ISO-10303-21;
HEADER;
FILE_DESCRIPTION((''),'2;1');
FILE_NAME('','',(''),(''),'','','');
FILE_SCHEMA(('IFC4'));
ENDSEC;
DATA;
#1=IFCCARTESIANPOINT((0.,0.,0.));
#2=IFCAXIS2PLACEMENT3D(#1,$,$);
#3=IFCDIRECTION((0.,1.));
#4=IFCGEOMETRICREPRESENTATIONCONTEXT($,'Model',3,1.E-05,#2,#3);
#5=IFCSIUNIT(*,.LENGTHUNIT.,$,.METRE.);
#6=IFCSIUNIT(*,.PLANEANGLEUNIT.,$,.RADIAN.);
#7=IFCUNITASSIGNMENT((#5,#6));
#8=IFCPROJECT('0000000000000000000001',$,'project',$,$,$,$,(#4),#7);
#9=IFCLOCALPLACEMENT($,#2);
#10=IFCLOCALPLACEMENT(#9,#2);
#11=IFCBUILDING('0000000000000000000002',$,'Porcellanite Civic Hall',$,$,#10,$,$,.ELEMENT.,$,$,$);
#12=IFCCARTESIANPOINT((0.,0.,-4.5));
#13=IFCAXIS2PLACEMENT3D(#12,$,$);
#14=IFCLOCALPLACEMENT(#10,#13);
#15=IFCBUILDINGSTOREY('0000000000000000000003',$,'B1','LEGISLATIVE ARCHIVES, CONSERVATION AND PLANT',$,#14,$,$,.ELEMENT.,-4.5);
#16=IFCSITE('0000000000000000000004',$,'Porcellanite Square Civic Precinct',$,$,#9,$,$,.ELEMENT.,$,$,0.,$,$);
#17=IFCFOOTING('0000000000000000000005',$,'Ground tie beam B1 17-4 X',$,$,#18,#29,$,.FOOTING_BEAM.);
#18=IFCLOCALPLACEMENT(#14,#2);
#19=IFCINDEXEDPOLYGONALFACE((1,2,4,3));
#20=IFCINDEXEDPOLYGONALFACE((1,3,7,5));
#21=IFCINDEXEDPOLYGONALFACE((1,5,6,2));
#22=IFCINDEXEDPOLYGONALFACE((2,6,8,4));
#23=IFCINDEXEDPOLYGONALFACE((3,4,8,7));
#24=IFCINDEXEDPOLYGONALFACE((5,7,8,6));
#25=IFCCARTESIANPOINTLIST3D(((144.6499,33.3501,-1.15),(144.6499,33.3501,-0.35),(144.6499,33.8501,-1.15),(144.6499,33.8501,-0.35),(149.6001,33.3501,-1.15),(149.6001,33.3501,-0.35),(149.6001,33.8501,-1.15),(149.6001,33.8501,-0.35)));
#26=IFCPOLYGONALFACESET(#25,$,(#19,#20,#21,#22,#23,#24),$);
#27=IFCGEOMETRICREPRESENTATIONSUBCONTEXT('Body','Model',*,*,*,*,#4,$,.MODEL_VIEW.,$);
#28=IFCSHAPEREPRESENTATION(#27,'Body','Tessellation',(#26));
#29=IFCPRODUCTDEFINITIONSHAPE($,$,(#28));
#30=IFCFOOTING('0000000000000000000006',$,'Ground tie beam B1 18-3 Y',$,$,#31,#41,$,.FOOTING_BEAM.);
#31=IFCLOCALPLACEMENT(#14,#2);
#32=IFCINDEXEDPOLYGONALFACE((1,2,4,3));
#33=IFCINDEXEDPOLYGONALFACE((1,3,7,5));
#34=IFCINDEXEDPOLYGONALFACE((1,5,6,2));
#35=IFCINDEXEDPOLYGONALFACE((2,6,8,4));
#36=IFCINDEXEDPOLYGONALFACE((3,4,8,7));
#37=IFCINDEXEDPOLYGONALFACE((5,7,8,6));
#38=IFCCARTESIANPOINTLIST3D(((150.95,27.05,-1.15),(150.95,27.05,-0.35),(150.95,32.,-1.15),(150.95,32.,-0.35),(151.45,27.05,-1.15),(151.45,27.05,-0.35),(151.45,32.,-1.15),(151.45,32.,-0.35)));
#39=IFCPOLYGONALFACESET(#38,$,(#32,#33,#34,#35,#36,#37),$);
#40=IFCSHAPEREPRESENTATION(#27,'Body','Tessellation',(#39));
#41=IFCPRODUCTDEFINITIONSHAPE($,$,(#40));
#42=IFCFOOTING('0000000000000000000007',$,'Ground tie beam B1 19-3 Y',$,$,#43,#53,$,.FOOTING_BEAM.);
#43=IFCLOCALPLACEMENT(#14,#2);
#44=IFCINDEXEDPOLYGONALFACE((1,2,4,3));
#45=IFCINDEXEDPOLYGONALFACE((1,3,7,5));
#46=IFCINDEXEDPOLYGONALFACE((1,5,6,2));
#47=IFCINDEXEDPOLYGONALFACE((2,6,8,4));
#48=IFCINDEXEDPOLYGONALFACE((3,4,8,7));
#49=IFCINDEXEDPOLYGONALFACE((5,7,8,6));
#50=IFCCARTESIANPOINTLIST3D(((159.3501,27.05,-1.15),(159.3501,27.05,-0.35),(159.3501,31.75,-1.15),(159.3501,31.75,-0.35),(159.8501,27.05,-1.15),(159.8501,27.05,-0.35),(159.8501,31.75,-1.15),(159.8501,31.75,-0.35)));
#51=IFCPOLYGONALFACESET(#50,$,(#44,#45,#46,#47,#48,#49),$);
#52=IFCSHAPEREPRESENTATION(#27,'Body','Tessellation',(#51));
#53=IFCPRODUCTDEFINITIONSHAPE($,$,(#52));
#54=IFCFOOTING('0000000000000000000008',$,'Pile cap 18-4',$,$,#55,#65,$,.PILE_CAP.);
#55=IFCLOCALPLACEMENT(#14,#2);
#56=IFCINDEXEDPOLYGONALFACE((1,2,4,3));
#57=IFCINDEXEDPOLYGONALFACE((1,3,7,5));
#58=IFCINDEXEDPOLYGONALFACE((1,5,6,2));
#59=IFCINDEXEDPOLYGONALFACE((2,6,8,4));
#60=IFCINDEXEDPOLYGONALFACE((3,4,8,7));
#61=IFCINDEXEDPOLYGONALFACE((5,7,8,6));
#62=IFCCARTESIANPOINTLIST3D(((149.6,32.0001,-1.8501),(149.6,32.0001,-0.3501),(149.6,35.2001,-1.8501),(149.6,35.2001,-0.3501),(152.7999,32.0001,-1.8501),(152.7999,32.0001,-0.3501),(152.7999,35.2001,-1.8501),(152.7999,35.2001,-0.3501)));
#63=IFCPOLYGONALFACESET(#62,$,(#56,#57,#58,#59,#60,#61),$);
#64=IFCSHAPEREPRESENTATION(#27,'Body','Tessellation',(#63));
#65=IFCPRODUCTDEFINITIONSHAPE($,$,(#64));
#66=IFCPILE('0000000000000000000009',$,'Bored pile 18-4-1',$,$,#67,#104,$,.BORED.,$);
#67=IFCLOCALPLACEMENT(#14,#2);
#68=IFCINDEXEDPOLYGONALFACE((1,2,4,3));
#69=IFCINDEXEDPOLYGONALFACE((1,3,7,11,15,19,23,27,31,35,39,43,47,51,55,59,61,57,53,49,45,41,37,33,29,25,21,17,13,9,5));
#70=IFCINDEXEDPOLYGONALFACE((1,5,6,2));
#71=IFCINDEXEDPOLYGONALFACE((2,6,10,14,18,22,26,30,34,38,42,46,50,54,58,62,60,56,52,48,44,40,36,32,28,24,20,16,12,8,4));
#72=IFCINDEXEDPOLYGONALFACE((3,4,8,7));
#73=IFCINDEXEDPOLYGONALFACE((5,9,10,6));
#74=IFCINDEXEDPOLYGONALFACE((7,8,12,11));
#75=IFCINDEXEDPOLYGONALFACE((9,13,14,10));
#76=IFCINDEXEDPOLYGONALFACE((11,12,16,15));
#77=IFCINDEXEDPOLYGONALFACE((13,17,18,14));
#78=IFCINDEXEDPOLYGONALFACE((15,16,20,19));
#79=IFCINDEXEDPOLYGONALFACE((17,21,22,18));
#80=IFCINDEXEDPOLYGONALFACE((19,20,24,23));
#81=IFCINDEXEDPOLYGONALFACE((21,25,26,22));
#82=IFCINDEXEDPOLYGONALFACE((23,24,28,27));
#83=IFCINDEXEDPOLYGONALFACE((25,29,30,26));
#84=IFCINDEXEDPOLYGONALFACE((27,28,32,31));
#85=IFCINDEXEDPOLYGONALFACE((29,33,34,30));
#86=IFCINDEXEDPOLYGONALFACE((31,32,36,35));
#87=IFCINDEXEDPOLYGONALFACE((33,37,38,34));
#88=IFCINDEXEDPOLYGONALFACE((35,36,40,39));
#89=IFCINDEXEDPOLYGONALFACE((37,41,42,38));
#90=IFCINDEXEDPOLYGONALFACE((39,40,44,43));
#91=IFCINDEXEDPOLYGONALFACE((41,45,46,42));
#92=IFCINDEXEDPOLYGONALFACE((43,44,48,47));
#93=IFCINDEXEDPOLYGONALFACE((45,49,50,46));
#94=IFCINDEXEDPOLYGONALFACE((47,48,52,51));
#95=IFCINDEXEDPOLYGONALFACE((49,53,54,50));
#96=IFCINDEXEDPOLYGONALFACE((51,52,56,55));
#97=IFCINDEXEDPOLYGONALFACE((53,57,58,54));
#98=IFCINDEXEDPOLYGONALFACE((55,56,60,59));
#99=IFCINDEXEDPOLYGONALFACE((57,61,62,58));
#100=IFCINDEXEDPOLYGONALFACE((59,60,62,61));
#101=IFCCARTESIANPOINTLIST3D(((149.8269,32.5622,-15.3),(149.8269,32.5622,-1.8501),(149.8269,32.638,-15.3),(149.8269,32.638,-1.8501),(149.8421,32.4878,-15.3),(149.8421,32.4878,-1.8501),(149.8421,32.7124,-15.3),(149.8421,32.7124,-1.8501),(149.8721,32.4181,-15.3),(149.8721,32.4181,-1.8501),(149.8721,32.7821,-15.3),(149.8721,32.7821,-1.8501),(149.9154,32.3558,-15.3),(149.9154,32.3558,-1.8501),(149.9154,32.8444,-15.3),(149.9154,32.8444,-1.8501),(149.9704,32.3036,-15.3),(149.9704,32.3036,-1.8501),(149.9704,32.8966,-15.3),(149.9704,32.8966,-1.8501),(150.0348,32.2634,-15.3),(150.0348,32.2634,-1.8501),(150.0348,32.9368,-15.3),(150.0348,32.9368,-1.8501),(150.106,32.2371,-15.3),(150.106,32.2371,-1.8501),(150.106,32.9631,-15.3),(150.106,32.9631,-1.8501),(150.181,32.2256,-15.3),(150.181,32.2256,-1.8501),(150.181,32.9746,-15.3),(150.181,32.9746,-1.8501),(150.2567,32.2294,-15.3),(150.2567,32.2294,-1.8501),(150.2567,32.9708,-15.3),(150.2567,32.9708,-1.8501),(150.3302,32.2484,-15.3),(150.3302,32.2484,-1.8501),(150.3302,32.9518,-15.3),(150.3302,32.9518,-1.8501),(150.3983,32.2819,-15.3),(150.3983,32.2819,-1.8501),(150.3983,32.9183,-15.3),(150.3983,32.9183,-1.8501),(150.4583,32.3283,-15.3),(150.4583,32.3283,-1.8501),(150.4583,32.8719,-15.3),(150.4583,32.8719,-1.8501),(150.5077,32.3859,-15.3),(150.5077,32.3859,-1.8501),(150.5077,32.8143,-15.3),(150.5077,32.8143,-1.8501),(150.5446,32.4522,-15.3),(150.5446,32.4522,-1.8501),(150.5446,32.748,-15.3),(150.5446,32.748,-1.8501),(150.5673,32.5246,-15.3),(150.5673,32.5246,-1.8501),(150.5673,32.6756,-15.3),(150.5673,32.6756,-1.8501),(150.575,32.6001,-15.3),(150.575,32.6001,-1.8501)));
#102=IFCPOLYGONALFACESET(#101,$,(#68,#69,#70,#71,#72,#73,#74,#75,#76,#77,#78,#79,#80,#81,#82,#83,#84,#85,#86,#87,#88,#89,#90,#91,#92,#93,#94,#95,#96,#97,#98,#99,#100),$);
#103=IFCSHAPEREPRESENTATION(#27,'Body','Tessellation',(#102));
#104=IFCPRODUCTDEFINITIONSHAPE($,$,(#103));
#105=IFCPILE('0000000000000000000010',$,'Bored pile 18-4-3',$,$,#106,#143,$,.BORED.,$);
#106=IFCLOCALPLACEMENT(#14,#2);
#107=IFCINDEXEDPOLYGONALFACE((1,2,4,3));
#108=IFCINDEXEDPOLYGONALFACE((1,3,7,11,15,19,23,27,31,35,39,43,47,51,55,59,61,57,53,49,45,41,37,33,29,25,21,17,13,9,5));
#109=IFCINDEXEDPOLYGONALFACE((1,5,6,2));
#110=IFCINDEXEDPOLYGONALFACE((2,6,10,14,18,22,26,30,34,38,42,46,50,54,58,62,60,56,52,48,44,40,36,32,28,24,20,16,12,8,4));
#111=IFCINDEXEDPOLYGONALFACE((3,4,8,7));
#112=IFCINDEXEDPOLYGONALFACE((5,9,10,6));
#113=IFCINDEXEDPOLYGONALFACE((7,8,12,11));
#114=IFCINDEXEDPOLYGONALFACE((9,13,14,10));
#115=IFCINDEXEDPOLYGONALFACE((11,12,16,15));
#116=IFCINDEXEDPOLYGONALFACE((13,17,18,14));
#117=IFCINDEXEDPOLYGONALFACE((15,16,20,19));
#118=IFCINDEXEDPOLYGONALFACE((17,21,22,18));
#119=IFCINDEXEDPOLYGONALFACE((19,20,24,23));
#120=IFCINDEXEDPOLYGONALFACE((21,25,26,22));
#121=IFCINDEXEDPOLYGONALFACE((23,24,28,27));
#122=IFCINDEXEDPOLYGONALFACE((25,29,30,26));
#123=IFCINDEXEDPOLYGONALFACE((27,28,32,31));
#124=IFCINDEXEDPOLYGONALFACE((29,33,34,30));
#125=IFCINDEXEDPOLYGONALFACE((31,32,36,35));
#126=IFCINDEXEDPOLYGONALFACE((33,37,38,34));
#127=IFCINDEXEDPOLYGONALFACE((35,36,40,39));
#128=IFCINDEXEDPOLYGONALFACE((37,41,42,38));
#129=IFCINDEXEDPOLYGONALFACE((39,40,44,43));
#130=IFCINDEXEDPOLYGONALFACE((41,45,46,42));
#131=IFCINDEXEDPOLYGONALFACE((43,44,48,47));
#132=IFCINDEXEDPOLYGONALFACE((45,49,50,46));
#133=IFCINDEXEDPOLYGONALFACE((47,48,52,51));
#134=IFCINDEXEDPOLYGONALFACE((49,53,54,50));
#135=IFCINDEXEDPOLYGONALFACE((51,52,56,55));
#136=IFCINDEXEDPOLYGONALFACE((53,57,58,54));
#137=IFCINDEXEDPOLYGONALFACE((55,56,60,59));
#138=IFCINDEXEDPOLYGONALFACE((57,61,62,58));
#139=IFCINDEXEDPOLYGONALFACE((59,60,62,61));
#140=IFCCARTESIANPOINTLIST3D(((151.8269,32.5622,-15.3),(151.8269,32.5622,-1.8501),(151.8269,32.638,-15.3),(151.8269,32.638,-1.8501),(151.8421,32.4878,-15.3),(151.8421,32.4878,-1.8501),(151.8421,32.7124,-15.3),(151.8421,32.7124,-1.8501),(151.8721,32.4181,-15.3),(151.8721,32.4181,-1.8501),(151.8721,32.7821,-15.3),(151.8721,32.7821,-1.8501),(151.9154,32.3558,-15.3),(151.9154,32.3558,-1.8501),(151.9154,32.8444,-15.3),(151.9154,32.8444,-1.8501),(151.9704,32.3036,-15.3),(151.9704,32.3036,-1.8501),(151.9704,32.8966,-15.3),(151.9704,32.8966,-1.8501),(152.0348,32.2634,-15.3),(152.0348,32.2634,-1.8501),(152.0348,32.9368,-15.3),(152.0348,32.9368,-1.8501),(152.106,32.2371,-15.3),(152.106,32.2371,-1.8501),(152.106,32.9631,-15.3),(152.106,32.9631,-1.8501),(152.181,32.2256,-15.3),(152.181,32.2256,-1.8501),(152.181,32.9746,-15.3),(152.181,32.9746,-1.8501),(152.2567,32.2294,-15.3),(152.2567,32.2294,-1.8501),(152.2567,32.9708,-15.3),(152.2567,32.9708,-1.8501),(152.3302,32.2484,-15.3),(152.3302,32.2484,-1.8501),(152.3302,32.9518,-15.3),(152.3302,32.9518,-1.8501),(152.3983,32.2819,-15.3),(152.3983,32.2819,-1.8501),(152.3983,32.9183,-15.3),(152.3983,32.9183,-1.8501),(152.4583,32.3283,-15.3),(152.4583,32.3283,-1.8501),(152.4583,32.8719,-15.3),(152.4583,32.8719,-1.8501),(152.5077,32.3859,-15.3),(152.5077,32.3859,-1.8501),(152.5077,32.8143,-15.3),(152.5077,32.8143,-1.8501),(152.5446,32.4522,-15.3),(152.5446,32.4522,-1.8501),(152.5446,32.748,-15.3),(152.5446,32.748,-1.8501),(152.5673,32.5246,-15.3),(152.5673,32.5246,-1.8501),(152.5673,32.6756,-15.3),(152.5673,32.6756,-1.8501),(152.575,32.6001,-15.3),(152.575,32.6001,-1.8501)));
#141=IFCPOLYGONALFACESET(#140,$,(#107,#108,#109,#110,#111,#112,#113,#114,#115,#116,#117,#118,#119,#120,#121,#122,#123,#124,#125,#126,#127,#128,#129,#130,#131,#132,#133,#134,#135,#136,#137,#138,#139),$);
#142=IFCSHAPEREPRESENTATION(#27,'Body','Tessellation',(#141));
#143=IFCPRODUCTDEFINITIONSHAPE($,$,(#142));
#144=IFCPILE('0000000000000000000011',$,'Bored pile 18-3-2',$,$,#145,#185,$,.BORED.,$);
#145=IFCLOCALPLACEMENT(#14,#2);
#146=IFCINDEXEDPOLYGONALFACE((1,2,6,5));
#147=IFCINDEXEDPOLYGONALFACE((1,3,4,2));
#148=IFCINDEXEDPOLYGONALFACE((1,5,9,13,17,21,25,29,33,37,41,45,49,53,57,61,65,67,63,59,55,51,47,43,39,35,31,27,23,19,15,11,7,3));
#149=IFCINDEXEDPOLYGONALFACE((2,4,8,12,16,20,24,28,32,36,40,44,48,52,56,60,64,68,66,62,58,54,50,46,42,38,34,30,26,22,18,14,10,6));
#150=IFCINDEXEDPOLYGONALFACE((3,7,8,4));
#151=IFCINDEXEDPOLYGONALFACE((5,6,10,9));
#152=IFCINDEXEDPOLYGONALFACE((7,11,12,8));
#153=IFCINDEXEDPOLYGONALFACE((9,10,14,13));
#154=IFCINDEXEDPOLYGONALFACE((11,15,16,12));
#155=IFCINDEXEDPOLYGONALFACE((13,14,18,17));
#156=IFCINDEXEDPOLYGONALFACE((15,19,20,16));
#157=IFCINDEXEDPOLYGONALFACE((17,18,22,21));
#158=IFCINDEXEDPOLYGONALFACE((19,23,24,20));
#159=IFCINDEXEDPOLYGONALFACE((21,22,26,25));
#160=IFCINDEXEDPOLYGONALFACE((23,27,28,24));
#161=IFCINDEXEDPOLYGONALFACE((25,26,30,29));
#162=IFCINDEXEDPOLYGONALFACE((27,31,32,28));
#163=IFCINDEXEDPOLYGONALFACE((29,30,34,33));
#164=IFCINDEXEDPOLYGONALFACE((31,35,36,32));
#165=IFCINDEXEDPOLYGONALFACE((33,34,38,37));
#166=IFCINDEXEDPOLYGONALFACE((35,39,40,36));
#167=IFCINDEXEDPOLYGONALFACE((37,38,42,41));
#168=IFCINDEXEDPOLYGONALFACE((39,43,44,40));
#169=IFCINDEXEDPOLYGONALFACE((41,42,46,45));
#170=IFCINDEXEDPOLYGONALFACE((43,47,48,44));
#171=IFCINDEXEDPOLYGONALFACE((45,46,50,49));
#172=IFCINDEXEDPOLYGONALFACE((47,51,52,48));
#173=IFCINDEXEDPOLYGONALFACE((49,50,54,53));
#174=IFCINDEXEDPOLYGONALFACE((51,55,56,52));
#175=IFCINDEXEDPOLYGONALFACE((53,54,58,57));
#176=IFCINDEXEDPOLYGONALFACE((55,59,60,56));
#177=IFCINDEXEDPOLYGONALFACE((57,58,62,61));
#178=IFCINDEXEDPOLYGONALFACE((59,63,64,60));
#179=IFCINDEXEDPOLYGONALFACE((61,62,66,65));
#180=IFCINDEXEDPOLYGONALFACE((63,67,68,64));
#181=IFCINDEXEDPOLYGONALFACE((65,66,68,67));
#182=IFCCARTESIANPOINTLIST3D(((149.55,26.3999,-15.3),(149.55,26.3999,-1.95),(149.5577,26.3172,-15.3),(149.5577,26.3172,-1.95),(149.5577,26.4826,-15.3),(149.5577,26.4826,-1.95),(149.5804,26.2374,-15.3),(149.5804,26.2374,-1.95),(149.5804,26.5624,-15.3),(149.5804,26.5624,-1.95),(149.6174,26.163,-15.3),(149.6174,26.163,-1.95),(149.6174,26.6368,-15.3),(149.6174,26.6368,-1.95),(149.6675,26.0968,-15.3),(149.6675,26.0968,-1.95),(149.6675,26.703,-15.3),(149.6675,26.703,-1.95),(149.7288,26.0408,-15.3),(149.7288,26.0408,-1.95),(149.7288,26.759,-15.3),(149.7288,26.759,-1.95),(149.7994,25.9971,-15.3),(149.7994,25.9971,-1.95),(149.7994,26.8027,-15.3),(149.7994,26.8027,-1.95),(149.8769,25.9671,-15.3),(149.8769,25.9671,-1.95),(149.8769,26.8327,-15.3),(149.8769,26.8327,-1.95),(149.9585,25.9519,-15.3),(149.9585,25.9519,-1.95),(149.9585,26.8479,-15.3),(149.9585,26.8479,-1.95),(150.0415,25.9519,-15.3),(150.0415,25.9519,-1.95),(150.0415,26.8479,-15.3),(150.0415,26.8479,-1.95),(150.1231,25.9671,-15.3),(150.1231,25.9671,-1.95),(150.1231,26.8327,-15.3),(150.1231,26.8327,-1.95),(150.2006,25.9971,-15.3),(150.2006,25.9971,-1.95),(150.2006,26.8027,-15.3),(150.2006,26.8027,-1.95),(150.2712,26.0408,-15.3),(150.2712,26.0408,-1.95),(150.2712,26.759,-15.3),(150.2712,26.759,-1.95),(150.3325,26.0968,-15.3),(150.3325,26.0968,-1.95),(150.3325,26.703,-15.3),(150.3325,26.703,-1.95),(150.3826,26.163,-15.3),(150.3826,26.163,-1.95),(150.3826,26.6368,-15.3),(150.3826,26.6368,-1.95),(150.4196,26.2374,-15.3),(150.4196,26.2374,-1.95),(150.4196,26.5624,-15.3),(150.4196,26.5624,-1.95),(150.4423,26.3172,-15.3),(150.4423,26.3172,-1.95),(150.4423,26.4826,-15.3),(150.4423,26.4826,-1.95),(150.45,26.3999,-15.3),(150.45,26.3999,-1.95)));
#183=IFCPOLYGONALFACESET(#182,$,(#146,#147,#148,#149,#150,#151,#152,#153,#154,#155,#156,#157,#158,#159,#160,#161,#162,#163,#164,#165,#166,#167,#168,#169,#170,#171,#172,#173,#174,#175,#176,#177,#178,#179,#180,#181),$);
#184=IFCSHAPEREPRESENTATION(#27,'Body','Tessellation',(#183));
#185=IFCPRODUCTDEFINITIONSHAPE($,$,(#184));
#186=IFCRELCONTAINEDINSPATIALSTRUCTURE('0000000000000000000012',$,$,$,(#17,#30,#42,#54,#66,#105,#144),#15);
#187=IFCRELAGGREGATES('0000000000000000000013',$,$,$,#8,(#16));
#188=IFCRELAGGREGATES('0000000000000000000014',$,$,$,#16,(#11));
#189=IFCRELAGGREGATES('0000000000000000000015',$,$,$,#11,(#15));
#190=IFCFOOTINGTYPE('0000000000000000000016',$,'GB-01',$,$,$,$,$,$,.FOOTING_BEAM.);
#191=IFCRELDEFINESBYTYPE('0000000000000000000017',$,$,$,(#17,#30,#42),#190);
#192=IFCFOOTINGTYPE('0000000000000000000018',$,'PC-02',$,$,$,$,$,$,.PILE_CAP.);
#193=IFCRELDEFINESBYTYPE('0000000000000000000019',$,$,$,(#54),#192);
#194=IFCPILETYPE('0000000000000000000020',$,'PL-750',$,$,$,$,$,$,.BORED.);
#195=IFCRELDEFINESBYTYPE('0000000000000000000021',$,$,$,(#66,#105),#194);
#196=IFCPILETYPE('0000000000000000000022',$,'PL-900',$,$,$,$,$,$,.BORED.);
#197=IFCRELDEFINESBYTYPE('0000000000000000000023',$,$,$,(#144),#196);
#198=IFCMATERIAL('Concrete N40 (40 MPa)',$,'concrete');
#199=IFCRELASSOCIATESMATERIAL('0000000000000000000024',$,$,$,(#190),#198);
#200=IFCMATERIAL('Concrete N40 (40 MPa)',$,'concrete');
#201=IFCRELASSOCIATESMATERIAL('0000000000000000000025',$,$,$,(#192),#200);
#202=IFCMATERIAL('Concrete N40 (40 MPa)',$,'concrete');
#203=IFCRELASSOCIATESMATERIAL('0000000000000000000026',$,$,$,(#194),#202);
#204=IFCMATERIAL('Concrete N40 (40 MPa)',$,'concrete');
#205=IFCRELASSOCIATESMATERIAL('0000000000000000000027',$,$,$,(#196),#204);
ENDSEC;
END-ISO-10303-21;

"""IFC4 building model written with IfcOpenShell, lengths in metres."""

from ifc_helpers import new_model, si_unit, direction, frame, origin, origin_2d, place, context, subcontext, project, spatial, rectangle, circle, extrude, material, material_profile, profile_set, type_object, element, save


model = new_model("IFC4")

# Units and contexts
model_context = context("Model", 3, precision=1e-05, world=origin(), true_north=direction((0.0, 1.0)))
body_context = subcontext(model_context, "Body", "Model", "MODEL_VIEW")
ifc_project = project(units=[si_unit("LENGTHUNIT", "METRE"), si_unit("PLANEANGLEUNIT", "RADIAN")], contexts=[model_context])

# Site, building, storey
site_placement = place(None, origin())
site = spatial("IfcSite", under=ifc_project, at=site_placement, Name="Porcellanite Square Civic Precinct", CompositionType="ELEMENT", RefElevation=0.0)
building_placement = place(site_placement, origin())
building = spatial("IfcBuilding", under=site, at=building_placement, Name="Porcellanite Civic Hall", CompositionType="ELEMENT")
storey_placement = place(building_placement, frame((0.0, 0.0, -4.5)))
storey = spatial("IfcBuildingStorey", under=building, at=storey_placement, Name="B1", Description="LEGISLATIVE ARCHIVES, CONSERVATION AND PLANT", CompositionType="ELEMENT", Elevation=-4.5)

# Footings
ifc_material_1 = material(Name="Concrete N40 (40 MPa)", Category="concrete")
ifc_material_profile_1 = material_profile(ifc_material_1, rectangle(XDim=0.5, YDim=0.8, at=origin_2d()), Name="RC-500x800")
ifc_profile_set_1 = profile_set([ifc_material_profile_1], Name="Concrete N40 (40 MPa)")
footing_type_1 = type_object("IfcFootingType", Name="GB-01", PredefinedType="FOOTING_BEAM", material=ifc_profile_set_1)
footing_1_placement = place(storey_placement, frame((144.6499, 33.6001, -0.75), z_axis=(1.0, 0.0, 0.0), x_axis=(0.0, 1.0, 0.0)))
element("IfcFooting", 1, at=footing_1_placement, inside=storey, type_object=footing_type_1, Name="Ground tie beam B1 17-4 X", PredefinedType="FOOTING_BEAM", context=body_context, shape_type="SweptSolid", body=[
    extrude(rectangle(XDim=0.5, YDim=0.8, at=origin_2d()), origin(), (0.0, 0.0, 1.0), 4.9502),
])
footing_2_placement = place(storey_placement, frame((151.2, 27.05, -0.75), z_axis=(0.0, 1.0, 0.0), x_axis=(-1.0, 0.0, 0.0)))
element("IfcFooting", 2, at=footing_2_placement, inside=storey, type_object=footing_type_1, Name="Ground tie beam B1 18-3 Y", PredefinedType="FOOTING_BEAM", context=body_context, shape_type="SweptSolid", body=[
    extrude(rectangle(XDim=0.5, YDim=0.8, at=origin_2d()), origin(), (0.0, 0.0, 1.0), 4.95),
])
footing_3_placement = place(storey_placement, frame((159.6001, 27.05, -0.75), z_axis=(0.0, 1.0, 0.0), x_axis=(-1.0, 0.0, 0.0)))
element("IfcFooting", 3, at=footing_3_placement, inside=storey, type_object=footing_type_1, Name="Ground tie beam B1 19-3 Y", PredefinedType="FOOTING_BEAM", context=body_context, shape_type="SweptSolid", body=[
    extrude(rectangle(XDim=0.5, YDim=0.8, at=origin_2d()), origin(), (0.0, 0.0, 1.0), 4.7),
])
ifc_material_2 = material(Name="Concrete N40 (40 MPa)", Category="concrete")
footing_type_2 = type_object("IfcFootingType", Name="PC-02", PredefinedType="PILE_CAP", material=ifc_material_2)
footing_4_placement = place(storey_placement, frame((151.2, 33.6001, -1.8501), z_axis=(0.0, 0.0, 1.0), x_axis=(1.0, 0.0, 0.0)))
element("IfcFooting", 4, at=footing_4_placement, inside=storey, type_object=footing_type_2, Name="Pile cap 18-4", PredefinedType="PILE_CAP", context=body_context, shape_type="SweptSolid", body=[
    extrude(rectangle(XDim=3.2, YDim=3.2, at=origin_2d()), origin(), (0.0, 0.0, 1.0), 1.5),
])

# Piles
ifc_material_3 = material(Name="Concrete N40 (40 MPa)", Category="concrete")
ifc_material_profile_2 = material_profile(ifc_material_3, circle(Radius=0.375, at=origin_2d()), Name="PILE-D750")
ifc_profile_set_2 = profile_set([ifc_material_profile_2], Name="Concrete N40 (40 MPa)")
pile_type_1 = type_object("IfcPileType", Name="PL-750", PredefinedType="BORED", material=ifc_profile_set_2)
for number, where, z_axis, x_axis, name in (
    (5, (150.2, 32.6001, -1.8501), (0.0, 0.0, -1.0), (1.0, 0.0, 0.0), "Bored pile 18-4-1"),
    (6, (152.2, 32.6001, -1.8501), (0.0, 0.0, -1.0), (1.0, 0.0, 0.0), "Bored pile 18-4-3"),
):
    element("IfcPile", number, at=place(storey_placement, frame(where, z_axis=z_axis, x_axis=x_axis)), inside=storey, type_object=pile_type_1, Name=name, PredefinedType="BORED", context=body_context, shape_type="SweptSolid", body=[
        extrude(circle(Radius=0.375, at=origin_2d()), origin(), (0.0, 0.0, 1.0), 13.45),
    ])
ifc_material_4 = material(Name="Concrete N40 (40 MPa)", Category="concrete")
ifc_material_profile_3 = material_profile(ifc_material_4, circle(Radius=0.45, at=origin_2d()), Name="PILE-D900")
ifc_profile_set_3 = profile_set([ifc_material_profile_3], Name="Concrete N40 (40 MPa)")
pile_type_2 = type_object("IfcPileType", Name="PL-900", PredefinedType="BORED", material=ifc_profile_set_3)
for number, where, z_axis, x_axis, name in (
    (7, (150.0, 26.3999, -1.95), (0.0, 0.0, -1.0), (1.0, 0.0, 0.0), "Bored pile 18-3-2"),
):
    element("IfcPile", number, at=place(storey_placement, frame(where, z_axis=z_axis, x_axis=x_axis)), inside=storey, type_object=pile_type_2, Name=name, PredefinedType="BORED", context=body_context, shape_type="SweptSolid", body=[
        extrude(circle(Radius=0.45, at=origin_2d()), origin(), (0.0, 0.0, 1.0), 13.3501),
    ])

save(model, "model.ifc")
